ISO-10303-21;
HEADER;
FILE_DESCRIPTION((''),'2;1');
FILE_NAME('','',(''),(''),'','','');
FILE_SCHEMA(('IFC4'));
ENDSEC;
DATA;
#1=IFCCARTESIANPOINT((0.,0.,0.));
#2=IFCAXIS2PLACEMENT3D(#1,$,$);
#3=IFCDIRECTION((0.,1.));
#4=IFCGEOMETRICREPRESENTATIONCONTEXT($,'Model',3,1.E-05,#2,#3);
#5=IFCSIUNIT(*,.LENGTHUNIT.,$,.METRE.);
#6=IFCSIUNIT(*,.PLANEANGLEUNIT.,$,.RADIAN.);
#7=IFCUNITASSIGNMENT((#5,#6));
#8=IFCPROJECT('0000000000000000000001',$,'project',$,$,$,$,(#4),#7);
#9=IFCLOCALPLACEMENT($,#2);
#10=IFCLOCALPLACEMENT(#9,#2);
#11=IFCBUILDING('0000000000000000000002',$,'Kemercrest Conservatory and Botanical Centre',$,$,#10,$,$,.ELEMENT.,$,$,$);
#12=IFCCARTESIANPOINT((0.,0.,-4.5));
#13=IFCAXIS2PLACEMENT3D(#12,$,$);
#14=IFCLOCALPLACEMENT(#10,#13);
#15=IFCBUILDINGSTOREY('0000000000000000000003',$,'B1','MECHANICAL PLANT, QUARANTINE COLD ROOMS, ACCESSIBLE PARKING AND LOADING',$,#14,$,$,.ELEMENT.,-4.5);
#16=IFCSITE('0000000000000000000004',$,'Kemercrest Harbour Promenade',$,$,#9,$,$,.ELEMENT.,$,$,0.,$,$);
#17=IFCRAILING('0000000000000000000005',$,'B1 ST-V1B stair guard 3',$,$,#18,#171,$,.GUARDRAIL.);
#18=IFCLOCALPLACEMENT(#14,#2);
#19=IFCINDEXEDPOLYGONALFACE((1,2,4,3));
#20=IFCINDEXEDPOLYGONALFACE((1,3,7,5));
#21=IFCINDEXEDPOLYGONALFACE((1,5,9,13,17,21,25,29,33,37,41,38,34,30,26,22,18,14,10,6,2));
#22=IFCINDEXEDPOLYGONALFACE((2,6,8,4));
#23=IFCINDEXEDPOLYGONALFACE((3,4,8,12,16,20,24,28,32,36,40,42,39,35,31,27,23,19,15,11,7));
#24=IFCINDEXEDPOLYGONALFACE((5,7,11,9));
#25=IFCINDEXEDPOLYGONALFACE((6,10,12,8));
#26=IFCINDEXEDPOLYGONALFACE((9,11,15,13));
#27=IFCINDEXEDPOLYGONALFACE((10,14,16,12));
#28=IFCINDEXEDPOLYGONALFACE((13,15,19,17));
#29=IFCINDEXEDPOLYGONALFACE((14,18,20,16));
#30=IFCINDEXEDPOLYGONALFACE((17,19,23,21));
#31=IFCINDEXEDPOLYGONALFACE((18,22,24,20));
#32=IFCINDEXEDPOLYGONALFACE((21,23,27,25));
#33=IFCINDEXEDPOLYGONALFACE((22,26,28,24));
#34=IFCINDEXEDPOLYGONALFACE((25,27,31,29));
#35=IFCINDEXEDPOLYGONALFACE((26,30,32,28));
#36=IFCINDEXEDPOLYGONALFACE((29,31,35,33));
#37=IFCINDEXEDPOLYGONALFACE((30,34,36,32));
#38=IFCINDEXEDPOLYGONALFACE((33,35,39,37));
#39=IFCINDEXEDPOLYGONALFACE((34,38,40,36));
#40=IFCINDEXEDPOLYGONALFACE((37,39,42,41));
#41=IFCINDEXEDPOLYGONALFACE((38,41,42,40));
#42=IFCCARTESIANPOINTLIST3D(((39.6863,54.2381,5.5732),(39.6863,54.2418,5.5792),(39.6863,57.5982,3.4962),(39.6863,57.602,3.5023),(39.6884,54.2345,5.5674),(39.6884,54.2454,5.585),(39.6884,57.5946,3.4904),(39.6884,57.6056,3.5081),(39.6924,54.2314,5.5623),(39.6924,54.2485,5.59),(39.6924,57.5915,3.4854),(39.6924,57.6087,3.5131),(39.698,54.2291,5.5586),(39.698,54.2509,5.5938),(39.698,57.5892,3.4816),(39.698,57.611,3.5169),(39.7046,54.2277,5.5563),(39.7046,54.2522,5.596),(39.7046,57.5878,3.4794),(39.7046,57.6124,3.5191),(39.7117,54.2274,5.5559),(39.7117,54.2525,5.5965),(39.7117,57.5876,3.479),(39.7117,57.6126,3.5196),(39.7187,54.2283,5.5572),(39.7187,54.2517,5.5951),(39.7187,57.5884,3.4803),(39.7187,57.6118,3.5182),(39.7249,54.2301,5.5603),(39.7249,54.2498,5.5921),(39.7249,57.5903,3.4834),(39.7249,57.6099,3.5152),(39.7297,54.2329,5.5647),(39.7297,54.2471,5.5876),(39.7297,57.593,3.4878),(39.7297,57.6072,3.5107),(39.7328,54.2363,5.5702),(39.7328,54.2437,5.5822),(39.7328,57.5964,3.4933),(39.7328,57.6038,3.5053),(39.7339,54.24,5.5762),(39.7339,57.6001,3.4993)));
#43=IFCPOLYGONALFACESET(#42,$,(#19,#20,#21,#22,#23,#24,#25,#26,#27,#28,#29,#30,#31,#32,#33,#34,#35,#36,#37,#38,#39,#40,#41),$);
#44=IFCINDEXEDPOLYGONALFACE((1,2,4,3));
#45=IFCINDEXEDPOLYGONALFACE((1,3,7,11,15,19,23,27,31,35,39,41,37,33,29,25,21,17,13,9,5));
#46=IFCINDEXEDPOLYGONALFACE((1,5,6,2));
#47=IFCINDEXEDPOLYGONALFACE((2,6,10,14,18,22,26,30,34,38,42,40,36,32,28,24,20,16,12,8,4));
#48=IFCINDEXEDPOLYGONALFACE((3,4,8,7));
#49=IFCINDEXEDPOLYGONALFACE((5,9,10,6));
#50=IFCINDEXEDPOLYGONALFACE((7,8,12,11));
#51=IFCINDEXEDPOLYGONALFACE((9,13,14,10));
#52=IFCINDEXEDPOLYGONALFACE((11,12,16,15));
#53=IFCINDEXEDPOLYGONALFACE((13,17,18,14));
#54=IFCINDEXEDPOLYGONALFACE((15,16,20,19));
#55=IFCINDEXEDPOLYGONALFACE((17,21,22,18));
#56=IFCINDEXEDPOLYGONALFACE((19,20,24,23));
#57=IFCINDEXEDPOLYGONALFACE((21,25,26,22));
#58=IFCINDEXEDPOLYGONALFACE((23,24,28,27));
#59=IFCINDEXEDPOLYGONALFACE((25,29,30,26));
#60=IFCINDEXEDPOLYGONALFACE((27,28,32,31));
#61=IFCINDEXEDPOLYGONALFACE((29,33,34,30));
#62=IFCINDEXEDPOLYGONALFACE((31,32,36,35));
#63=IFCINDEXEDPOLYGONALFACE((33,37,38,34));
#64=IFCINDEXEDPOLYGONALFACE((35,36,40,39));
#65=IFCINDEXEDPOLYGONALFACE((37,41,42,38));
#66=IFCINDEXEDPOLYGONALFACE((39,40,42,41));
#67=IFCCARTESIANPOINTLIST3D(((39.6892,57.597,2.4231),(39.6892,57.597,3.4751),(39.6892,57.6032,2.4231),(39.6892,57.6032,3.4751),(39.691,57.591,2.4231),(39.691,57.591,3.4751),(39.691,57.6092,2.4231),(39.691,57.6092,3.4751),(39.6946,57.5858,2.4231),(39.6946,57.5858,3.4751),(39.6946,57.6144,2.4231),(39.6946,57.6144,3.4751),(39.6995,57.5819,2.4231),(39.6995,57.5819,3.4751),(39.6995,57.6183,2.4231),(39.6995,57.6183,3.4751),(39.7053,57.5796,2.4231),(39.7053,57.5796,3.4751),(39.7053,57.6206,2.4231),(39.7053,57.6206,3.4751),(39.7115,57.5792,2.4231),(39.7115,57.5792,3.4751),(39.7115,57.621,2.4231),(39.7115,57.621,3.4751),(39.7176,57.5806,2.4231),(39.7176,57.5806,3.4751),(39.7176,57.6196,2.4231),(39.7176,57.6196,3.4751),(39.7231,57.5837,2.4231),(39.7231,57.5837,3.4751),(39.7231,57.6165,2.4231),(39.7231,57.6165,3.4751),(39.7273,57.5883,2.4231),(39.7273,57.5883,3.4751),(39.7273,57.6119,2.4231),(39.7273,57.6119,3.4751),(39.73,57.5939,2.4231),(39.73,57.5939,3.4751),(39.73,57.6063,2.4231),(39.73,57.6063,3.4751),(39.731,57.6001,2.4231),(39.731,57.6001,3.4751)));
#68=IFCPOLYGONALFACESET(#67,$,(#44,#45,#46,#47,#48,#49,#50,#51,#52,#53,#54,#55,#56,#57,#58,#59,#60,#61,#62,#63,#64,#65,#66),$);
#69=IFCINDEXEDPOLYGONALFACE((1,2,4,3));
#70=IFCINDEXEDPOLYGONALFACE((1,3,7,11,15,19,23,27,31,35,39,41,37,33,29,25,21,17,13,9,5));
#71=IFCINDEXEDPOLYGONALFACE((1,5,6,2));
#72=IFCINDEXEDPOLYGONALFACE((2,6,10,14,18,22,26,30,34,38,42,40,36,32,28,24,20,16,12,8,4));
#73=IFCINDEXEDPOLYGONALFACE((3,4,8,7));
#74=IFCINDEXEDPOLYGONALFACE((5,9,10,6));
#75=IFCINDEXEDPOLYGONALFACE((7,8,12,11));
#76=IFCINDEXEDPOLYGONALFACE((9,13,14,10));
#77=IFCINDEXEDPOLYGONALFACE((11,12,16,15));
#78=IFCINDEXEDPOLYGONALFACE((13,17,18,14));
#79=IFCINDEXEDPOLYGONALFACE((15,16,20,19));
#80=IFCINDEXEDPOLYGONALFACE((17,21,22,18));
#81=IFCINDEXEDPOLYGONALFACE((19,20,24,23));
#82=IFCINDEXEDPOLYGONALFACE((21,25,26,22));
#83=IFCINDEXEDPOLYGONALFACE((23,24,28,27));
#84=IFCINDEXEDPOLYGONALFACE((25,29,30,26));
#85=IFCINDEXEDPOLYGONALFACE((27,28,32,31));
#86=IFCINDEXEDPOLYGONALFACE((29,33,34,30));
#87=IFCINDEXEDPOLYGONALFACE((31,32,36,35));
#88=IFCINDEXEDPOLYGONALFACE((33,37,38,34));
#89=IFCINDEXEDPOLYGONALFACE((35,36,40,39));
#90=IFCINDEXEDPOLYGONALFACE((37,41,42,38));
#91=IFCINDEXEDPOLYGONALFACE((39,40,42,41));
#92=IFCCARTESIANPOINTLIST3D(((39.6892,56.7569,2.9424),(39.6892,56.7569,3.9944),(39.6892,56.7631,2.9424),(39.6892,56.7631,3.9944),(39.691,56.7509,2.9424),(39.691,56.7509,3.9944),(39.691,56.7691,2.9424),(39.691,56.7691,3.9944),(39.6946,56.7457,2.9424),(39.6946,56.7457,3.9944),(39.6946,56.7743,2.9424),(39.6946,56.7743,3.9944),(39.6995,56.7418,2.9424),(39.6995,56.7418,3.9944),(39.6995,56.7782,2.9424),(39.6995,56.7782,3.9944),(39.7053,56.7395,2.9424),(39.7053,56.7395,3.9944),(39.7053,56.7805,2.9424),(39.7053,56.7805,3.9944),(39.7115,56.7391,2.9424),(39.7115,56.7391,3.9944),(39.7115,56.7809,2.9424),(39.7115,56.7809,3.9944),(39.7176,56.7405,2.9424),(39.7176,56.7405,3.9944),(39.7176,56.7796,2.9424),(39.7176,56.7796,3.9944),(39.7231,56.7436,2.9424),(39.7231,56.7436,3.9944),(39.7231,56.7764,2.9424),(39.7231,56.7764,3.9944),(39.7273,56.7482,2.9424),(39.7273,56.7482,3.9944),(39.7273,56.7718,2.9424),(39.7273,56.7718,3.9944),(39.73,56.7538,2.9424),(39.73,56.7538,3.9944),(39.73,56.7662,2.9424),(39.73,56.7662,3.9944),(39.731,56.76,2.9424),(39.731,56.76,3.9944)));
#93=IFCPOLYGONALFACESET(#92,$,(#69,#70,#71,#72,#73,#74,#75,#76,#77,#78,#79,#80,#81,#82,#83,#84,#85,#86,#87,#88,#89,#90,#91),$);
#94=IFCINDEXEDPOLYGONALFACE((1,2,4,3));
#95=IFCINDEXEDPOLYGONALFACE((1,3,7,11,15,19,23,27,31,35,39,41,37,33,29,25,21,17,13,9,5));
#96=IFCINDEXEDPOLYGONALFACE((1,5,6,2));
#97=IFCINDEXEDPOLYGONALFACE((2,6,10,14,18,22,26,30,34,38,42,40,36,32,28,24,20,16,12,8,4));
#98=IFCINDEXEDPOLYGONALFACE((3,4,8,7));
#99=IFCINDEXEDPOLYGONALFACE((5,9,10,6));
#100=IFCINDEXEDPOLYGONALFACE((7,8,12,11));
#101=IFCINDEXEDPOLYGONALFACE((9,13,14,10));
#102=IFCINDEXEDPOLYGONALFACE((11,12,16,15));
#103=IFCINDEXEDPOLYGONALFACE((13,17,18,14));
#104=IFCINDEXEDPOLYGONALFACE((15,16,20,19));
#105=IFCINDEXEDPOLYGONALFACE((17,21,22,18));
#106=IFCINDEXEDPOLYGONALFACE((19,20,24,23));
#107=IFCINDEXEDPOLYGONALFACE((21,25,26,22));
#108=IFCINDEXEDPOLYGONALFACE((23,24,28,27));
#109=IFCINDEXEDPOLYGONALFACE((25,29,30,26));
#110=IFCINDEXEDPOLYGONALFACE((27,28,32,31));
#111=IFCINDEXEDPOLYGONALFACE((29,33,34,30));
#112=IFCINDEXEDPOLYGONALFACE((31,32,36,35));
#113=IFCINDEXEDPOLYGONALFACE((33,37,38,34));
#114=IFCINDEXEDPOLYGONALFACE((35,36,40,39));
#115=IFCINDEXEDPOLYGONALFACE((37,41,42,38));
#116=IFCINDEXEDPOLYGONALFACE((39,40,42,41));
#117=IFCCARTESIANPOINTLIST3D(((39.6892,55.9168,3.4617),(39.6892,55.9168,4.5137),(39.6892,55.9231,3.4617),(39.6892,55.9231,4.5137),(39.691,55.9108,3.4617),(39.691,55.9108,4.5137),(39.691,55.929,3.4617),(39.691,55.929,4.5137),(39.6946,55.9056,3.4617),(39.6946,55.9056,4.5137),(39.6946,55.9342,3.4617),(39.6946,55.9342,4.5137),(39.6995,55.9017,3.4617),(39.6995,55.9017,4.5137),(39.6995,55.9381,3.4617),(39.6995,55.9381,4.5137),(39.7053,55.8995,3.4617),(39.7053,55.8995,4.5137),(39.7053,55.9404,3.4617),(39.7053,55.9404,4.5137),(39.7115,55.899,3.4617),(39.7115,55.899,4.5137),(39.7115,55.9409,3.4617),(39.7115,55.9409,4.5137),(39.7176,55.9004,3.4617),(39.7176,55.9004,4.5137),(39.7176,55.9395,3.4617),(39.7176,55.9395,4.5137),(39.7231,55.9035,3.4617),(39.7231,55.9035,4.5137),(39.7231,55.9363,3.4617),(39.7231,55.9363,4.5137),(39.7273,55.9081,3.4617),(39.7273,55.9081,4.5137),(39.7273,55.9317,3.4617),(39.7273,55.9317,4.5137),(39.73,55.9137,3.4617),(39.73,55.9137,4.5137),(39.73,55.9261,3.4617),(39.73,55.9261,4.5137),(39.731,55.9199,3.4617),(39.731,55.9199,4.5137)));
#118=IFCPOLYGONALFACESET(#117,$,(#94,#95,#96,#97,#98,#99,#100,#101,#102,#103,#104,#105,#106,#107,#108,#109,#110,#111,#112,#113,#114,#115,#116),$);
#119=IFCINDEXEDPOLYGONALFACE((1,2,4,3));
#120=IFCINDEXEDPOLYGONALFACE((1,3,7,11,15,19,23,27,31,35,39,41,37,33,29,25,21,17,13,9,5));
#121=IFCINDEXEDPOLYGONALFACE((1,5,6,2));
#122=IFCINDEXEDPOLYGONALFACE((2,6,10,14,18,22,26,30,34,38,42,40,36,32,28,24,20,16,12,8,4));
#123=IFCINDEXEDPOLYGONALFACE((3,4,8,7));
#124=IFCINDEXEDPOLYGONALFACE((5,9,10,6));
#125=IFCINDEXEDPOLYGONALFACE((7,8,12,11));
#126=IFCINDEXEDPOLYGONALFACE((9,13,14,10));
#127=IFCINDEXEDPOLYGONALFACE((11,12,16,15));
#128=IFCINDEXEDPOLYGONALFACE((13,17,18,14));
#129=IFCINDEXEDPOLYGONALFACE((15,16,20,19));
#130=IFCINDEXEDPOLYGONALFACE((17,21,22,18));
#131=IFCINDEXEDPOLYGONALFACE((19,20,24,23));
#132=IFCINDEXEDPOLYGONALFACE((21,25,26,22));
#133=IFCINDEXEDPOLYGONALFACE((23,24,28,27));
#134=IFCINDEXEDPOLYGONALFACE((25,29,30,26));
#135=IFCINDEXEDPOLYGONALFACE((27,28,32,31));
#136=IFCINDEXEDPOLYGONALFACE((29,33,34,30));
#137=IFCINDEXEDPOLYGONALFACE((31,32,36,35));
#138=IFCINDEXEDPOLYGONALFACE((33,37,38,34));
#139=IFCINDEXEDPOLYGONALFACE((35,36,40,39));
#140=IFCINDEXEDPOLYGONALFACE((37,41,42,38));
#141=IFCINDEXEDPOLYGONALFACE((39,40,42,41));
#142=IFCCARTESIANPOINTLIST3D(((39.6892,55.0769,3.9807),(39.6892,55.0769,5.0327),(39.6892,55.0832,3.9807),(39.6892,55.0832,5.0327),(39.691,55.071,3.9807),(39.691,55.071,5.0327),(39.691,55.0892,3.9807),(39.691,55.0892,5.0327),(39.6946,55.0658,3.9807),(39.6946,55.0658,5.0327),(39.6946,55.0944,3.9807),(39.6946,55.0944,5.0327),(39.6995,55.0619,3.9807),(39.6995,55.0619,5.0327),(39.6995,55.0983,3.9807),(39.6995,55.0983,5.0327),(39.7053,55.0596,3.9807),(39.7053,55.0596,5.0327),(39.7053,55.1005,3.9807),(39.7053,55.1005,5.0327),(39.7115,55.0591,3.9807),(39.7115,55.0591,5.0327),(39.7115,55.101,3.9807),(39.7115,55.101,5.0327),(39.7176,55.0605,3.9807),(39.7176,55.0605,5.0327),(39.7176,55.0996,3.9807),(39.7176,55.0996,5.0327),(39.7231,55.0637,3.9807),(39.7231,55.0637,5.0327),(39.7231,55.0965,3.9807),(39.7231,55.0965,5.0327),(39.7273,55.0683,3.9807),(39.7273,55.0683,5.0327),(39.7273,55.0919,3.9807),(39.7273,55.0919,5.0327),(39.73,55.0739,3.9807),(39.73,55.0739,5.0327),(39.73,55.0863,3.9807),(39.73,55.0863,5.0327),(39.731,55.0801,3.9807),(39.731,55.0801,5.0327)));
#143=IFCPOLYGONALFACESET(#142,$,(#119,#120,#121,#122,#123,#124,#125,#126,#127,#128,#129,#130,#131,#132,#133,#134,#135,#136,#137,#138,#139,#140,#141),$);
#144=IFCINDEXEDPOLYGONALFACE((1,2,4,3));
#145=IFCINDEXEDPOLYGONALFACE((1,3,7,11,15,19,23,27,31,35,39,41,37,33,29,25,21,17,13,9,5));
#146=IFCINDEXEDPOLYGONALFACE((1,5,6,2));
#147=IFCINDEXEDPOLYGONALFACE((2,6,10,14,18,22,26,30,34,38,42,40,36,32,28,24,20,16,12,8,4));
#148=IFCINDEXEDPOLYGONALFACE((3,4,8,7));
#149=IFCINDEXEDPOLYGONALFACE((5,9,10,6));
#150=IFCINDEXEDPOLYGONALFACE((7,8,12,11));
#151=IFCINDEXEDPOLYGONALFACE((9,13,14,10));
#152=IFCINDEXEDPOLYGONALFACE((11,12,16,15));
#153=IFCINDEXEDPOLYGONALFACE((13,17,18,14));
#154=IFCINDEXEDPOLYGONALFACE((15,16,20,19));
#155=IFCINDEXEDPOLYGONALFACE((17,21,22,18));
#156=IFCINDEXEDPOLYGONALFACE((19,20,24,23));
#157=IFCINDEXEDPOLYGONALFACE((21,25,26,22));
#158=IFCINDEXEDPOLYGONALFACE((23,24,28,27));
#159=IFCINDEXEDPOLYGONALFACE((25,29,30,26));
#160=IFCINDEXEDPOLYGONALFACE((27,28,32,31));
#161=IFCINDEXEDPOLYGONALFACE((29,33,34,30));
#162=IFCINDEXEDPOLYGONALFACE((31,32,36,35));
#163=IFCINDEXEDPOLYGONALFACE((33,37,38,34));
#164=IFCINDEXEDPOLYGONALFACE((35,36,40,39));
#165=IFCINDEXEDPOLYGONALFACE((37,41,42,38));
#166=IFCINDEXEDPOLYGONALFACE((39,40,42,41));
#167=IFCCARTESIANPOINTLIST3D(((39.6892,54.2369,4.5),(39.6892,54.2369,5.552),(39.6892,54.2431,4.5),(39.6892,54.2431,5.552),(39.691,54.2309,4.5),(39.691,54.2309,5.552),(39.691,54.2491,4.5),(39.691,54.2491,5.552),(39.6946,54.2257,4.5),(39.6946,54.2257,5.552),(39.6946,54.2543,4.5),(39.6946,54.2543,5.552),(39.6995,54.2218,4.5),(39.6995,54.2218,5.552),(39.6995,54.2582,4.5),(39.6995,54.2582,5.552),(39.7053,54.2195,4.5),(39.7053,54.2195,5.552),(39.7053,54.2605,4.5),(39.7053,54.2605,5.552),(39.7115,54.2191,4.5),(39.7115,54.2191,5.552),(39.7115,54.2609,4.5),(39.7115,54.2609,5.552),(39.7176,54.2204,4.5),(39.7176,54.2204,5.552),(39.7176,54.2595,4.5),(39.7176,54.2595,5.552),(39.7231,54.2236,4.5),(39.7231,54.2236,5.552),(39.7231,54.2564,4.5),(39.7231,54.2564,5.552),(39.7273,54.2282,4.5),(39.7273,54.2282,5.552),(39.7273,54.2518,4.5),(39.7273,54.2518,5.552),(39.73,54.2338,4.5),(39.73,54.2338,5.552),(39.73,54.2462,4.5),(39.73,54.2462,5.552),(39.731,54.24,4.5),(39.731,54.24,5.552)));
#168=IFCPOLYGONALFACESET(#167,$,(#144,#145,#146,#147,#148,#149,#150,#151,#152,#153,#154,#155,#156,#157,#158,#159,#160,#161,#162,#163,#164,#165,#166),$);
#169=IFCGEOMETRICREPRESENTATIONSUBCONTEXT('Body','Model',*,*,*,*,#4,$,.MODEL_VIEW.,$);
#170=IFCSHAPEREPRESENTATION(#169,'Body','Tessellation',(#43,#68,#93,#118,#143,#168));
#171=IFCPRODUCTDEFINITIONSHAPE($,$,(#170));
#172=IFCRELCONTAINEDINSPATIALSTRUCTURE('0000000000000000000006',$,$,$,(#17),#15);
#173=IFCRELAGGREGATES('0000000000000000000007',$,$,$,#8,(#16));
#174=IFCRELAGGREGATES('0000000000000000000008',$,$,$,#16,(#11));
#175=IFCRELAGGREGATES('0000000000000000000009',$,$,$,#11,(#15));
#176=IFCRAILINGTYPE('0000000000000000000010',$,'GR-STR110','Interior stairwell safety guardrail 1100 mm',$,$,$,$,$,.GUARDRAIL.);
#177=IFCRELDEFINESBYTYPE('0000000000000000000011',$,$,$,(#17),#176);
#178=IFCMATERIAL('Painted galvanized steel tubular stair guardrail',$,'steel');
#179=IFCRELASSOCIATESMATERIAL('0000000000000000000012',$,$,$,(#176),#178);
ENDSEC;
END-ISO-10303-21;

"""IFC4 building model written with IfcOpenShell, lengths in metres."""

from ifc_helpers import new_model, si_unit, direction, frame, origin, origin_2d, place, context, subcontext, project, spatial, circle, extrude, material, type_object, element, save


model = new_model("IFC4")

# Units and contexts
model_context = context("Model", 3, precision=1e-05, world=origin(), true_north=direction((0.0, 1.0)))
body_context = subcontext(model_context, "Body", "Model", "MODEL_VIEW")
ifc_project = project(units=[si_unit("LENGTHUNIT", "METRE"), si_unit("PLANEANGLEUNIT", "RADIAN")], contexts=[model_context])

# Site, building, storey
site_placement = place(None, origin())
site = spatial("IfcSite", under=ifc_project, at=site_placement, Name="Kemercrest Harbour Promenade", CompositionType="ELEMENT", RefElevation=0.0)
building_placement = place(site_placement, origin())
building = spatial("IfcBuilding", under=site, at=building_placement, Name="Kemercrest Conservatory and Botanical Centre", CompositionType="ELEMENT")
storey_placement = place(building_placement, frame((0.0, 0.0, -4.5)))
storey = spatial("IfcBuildingStorey", under=building, at=storey_placement, Name="B1", Description="MECHANICAL PLANT, QUARANTINE COLD ROOMS, ACCESSIBLE PARKING AND LOADING", CompositionType="ELEMENT", Elevation=-4.5)

# Railing
ifc_material_1 = material(Name="Painted galvanized steel tubular stair guardrail", Category="steel")
railing_type_1 = type_object("IfcRailingType", Name="GR-STR110", Description="Interior stairwell safety guardrail 1100 mm", PredefinedType="GUARDRAIL", material=ifc_material_1)
railing_1_placement = place(storey_placement, frame((39.71, 57.6001, 2.4231)))
element("IfcRailing", 1, at=railing_1_placement, inside=storey, type_object=railing_type_1, Name="B1 ST-V1B stair guard 3", PredefinedType="GUARDRAIL", context=body_context, shape_type="SweptSolid", body=[
    extrude(circle(Radius=0.0239, at=origin_2d()), frame((0.0, 0.0, 1.0762), z_axis=(0.0, -0.850623, 0.525776), x_axis=(1.0, 0.0, 0.0)), (0.0, 0.0, 1.0), 3.9502),
    extrude(circle(Radius=0.021, at=origin_2d()), origin(), (0.0, 0.0, 1.0), 1.052),
    extrude(circle(Radius=0.021, at=origin_2d()), frame((0.0, -0.8401, 0.5193)), (0.0, 0.0, 1.0), 1.052),
    extrude(circle(Radius=0.021, at=origin_2d()), frame((0.0, -1.6802, 1.0386)), (0.0, 0.0, 1.0), 1.052),
    extrude(circle(Radius=0.021, at=origin_2d()), frame((0.0, -2.52, 1.5576)), (0.0, 0.0, 1.0), 1.052),
    extrude(circle(Radius=0.021, at=origin_2d()), frame((0.0, -3.3601, 2.0769)), (0.0, 0.0, 1.0), 1.052),
])

save(model, "model.ifc")
